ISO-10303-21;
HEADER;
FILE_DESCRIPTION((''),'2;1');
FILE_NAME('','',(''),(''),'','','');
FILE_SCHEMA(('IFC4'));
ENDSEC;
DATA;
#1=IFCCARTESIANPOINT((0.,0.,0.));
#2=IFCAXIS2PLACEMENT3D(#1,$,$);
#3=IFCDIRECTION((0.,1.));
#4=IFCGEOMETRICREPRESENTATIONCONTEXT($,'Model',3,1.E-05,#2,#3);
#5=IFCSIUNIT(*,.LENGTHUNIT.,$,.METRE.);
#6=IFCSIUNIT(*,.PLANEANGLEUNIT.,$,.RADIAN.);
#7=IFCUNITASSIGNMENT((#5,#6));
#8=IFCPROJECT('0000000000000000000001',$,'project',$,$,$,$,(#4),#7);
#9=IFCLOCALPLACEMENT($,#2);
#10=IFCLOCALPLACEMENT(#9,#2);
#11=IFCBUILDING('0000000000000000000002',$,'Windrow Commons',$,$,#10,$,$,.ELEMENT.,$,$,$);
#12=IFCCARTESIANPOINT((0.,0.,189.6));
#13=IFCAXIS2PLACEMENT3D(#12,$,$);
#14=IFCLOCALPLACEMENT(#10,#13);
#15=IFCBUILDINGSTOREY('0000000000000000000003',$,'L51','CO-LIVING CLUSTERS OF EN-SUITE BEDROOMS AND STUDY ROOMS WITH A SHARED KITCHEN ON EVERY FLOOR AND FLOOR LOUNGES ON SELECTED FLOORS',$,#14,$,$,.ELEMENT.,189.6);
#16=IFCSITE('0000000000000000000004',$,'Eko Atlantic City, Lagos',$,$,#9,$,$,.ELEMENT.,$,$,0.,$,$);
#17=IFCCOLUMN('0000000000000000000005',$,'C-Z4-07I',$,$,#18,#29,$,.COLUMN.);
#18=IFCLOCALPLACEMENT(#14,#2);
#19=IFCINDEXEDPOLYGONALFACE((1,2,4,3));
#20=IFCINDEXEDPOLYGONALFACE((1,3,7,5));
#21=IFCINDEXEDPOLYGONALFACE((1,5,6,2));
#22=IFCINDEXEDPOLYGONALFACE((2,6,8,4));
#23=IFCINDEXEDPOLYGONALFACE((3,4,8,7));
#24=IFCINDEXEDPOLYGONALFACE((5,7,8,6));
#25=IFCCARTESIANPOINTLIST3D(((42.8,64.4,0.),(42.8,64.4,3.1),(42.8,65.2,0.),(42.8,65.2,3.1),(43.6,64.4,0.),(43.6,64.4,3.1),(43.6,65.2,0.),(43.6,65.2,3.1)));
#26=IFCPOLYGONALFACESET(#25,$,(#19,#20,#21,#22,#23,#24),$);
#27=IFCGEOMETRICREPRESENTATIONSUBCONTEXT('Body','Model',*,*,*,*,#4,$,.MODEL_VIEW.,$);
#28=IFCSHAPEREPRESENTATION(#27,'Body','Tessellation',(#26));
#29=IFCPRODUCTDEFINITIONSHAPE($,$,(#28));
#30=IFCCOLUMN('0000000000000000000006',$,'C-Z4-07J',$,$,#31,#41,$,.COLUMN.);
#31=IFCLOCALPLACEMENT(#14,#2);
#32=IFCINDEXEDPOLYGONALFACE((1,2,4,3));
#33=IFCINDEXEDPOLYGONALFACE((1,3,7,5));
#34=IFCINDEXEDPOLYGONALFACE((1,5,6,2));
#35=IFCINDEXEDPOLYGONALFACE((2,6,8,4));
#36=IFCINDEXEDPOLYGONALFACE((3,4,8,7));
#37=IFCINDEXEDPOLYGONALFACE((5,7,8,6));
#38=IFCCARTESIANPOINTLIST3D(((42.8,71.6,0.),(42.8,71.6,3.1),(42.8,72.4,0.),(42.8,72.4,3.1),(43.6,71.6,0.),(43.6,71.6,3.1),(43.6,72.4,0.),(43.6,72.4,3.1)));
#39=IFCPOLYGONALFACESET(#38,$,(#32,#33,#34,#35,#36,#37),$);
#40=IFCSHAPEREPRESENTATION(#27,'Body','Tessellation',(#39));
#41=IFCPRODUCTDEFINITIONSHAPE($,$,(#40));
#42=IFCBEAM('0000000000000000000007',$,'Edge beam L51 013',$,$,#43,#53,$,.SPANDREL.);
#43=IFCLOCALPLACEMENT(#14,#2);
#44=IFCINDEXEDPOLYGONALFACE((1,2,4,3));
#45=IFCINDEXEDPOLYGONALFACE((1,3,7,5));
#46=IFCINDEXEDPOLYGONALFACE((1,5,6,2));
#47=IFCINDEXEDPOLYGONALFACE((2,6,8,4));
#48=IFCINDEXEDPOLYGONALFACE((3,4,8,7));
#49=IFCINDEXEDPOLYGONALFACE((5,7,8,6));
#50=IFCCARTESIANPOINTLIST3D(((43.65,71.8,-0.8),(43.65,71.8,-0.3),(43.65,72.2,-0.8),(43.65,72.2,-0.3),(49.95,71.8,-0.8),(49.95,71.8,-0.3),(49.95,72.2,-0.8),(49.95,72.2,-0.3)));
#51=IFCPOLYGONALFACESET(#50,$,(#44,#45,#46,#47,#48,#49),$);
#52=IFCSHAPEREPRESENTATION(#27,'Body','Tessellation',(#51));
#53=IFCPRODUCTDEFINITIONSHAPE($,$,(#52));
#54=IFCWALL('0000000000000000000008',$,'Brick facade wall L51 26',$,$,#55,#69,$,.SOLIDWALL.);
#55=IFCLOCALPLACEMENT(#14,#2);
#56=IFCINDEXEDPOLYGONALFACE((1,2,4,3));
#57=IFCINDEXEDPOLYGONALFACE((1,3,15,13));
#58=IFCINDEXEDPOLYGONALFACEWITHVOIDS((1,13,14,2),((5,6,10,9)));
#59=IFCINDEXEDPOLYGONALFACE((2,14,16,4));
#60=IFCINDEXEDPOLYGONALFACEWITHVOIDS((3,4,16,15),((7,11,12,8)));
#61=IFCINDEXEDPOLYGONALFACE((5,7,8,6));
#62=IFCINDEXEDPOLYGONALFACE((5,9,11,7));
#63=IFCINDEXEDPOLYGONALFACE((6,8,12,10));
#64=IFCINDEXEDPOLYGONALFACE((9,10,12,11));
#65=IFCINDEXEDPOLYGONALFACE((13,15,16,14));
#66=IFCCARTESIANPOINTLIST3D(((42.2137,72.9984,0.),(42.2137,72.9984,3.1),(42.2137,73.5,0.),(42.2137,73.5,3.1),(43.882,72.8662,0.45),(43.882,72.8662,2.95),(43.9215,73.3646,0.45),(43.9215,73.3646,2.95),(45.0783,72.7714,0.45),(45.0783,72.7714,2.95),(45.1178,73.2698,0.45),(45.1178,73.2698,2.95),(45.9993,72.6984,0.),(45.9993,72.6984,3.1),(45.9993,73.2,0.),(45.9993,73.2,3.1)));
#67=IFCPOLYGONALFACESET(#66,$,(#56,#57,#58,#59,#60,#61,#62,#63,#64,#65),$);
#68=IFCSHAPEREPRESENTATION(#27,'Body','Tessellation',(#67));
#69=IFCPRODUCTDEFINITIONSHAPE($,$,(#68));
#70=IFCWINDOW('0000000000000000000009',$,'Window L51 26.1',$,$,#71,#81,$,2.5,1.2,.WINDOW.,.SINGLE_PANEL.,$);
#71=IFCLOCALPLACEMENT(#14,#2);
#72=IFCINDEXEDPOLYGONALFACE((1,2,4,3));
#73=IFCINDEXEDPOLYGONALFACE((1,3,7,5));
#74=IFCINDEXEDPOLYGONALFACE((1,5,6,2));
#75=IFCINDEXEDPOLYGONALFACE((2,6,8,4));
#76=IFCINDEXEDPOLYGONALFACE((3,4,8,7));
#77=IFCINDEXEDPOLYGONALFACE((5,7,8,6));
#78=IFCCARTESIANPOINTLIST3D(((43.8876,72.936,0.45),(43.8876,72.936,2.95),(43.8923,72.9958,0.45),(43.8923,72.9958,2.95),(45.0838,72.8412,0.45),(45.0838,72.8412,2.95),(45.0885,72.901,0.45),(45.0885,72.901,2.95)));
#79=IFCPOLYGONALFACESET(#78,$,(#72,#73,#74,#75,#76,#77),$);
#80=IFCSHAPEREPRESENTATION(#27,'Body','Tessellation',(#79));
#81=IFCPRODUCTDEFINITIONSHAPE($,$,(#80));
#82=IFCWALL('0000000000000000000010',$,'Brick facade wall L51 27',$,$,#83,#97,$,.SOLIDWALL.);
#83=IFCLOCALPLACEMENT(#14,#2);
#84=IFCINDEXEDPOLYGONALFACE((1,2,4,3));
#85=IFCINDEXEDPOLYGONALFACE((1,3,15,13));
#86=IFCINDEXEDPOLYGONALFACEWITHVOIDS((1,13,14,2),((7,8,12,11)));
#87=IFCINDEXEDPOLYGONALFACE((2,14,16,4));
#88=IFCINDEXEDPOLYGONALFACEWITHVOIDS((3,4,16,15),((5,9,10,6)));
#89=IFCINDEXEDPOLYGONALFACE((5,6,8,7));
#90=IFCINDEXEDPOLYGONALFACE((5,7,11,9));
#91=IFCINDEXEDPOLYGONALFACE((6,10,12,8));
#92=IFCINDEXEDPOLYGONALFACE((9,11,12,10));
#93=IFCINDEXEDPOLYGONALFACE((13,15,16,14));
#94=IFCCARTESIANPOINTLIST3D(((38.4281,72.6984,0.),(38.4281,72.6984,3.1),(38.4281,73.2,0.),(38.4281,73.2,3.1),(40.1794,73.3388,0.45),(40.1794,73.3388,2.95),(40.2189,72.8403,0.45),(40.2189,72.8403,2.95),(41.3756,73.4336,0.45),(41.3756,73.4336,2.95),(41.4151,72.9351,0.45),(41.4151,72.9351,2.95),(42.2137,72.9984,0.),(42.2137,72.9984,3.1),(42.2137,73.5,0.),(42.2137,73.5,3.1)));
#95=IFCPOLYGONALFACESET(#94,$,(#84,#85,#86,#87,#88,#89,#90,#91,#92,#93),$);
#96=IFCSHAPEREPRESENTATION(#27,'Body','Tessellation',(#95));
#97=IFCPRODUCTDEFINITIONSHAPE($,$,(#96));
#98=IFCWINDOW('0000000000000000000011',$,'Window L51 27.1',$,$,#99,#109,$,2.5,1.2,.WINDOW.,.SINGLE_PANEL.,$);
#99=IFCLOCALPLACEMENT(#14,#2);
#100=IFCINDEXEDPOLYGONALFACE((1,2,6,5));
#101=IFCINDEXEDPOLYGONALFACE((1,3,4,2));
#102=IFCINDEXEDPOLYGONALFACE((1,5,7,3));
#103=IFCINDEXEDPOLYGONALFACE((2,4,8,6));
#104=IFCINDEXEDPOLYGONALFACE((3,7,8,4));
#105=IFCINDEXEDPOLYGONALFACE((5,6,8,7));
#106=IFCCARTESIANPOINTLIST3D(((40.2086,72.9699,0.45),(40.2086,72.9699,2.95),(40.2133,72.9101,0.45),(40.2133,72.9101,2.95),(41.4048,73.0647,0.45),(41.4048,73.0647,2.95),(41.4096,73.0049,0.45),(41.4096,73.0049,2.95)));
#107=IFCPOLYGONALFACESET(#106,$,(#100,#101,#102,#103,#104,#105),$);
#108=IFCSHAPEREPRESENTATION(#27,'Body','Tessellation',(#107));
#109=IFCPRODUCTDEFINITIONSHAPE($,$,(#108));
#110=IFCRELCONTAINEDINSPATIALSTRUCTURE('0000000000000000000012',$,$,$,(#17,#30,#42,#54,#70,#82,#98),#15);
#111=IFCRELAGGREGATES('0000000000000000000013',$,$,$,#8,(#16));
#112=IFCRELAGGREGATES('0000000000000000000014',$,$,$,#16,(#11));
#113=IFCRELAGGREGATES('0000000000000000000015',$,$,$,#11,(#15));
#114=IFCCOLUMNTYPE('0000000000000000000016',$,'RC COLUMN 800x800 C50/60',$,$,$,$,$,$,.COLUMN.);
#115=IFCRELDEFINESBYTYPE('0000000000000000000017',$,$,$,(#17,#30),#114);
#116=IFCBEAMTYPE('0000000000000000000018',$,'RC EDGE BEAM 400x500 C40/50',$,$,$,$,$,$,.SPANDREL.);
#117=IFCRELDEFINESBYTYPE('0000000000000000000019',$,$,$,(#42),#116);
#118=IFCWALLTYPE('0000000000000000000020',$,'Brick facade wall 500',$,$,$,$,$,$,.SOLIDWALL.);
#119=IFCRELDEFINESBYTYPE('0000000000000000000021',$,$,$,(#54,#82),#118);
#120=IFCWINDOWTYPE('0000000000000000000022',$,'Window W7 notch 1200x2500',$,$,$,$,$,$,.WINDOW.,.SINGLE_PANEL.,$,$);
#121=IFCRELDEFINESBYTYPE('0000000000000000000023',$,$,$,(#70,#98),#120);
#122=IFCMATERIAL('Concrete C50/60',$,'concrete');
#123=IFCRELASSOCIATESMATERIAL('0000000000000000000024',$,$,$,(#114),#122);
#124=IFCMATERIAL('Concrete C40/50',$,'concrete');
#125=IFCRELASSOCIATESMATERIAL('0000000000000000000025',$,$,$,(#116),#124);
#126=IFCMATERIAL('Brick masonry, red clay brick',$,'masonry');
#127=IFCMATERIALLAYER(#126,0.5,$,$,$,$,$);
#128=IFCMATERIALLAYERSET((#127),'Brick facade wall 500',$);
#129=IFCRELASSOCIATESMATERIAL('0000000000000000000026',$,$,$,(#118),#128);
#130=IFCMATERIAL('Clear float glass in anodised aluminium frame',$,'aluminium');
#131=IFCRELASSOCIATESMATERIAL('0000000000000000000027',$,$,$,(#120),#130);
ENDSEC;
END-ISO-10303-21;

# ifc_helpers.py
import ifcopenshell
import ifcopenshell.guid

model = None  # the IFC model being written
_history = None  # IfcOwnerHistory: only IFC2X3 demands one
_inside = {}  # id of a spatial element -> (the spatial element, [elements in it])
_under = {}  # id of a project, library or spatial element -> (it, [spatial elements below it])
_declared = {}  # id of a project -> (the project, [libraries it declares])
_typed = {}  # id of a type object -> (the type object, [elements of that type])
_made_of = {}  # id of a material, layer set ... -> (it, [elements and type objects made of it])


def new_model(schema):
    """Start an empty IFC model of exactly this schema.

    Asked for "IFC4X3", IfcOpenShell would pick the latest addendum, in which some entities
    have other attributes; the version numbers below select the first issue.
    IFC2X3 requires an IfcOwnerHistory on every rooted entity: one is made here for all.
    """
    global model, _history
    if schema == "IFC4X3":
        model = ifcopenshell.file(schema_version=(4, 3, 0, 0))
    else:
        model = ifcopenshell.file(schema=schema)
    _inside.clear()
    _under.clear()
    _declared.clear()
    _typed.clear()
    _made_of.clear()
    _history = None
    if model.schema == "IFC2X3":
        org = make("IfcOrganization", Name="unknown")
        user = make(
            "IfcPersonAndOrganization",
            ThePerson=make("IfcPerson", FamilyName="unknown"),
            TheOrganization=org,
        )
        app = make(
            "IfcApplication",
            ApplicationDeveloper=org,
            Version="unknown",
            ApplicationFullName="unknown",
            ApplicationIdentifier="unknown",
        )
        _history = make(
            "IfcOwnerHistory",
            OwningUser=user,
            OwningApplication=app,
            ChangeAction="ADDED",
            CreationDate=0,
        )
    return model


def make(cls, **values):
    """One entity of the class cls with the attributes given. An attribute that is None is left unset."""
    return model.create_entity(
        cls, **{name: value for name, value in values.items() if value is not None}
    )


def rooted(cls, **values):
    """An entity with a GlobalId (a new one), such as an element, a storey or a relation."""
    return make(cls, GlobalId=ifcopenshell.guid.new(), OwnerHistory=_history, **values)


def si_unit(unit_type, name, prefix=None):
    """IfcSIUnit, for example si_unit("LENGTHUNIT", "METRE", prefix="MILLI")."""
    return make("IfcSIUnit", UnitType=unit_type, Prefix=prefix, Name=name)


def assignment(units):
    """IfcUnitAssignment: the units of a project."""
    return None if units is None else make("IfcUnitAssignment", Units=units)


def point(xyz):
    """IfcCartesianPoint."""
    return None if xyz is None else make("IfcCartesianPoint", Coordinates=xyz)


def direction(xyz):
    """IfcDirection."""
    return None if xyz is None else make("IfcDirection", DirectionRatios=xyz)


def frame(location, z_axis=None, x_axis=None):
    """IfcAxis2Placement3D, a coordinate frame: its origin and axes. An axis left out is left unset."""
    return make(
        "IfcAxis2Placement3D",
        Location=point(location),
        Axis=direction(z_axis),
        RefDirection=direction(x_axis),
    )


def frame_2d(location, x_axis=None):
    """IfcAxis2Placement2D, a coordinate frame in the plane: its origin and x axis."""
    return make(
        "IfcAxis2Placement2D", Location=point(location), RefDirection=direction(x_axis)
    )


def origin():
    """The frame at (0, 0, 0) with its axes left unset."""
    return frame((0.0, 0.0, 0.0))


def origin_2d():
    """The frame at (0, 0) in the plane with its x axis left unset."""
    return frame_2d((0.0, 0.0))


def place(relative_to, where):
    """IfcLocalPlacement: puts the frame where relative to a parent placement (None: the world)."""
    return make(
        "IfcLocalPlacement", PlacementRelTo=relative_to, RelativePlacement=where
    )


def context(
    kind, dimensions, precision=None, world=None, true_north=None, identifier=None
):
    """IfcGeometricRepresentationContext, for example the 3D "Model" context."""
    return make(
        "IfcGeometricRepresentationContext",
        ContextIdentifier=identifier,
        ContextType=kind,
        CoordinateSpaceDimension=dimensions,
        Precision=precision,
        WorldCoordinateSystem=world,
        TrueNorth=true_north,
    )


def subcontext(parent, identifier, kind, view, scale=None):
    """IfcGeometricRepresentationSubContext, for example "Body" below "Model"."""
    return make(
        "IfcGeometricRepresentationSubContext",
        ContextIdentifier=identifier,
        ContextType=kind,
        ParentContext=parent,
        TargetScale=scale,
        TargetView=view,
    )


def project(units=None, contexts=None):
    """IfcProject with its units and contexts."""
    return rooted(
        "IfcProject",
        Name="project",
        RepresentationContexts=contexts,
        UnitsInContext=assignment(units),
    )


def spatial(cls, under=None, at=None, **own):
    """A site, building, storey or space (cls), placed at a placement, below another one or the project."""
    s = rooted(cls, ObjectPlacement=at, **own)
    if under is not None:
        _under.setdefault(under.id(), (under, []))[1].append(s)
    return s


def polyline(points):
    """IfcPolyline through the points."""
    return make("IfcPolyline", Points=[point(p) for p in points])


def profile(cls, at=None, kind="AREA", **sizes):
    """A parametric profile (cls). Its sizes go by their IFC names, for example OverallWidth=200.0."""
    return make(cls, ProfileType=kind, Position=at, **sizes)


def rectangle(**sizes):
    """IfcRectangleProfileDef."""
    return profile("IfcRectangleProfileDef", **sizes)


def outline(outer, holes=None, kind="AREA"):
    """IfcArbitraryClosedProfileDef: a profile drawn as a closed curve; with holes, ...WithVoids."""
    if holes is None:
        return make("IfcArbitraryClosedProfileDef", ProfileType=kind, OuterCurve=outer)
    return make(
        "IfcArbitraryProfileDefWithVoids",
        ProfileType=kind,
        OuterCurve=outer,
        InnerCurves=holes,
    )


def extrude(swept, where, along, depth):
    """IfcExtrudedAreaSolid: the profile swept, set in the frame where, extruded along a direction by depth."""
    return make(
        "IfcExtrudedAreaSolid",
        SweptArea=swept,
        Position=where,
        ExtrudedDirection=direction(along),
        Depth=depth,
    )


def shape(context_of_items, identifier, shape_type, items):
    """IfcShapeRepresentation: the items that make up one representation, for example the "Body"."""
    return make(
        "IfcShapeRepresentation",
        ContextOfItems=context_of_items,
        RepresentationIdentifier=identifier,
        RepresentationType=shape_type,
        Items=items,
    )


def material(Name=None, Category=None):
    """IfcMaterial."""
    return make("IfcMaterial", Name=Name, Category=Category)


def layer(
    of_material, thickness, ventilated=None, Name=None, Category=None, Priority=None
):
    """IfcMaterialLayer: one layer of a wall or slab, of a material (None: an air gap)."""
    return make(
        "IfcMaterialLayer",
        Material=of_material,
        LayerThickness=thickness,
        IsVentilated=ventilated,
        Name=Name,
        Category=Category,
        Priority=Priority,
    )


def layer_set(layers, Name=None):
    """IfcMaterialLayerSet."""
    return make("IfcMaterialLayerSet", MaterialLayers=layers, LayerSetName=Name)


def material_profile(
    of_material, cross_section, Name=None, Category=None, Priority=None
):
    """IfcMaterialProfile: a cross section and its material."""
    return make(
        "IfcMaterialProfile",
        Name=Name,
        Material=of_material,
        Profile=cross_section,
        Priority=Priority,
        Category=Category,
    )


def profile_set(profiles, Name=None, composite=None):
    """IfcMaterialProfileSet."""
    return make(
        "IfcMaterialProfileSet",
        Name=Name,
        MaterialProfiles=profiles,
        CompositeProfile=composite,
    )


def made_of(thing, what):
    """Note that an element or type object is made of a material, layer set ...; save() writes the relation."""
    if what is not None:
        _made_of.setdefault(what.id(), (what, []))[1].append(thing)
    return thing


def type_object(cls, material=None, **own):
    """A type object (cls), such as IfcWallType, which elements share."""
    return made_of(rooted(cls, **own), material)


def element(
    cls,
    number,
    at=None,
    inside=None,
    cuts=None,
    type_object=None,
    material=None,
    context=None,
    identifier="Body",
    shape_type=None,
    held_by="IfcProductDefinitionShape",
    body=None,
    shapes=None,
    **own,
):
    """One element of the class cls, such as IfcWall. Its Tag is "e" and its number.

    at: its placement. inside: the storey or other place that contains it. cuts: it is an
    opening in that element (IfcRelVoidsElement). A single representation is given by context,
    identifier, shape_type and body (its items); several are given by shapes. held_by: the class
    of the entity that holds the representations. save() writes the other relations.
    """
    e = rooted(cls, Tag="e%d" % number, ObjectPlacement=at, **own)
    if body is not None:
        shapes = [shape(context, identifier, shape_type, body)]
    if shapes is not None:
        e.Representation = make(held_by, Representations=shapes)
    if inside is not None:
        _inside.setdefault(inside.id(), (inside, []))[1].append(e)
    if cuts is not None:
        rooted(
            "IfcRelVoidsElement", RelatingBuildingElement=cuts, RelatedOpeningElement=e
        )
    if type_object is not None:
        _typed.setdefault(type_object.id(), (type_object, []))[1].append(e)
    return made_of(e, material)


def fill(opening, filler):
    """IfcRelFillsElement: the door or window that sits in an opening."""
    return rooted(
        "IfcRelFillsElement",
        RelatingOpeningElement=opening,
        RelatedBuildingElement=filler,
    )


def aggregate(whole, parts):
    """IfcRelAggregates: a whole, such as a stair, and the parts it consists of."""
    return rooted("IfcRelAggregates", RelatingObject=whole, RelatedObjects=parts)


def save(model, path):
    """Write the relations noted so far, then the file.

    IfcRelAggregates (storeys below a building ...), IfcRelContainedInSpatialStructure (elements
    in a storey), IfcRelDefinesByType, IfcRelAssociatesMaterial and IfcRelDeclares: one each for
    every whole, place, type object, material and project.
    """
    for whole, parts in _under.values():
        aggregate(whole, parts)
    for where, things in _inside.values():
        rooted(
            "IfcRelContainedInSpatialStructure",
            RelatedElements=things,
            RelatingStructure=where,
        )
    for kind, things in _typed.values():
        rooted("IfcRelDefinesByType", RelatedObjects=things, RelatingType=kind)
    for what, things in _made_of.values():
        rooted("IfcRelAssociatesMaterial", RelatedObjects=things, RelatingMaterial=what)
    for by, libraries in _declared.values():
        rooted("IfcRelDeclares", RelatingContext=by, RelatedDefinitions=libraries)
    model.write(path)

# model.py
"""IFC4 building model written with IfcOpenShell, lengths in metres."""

from ifc_helpers import new_model, si_unit, direction, frame, frame_2d, origin, origin_2d, place, context, subcontext, project, spatial, polyline, rectangle, outline, extrude, material, layer, layer_set, material_profile, profile_set, type_object, element, fill, save


model = new_model("IFC4")

# Units and contexts
model_context = context("Model", 3, precision=1e-05, world=origin(), true_north=direction((0.0, 1.0)))
body_context = subcontext(model_context, "Body", "Model", "MODEL_VIEW")
ifc_project = project(units=[si_unit("LENGTHUNIT", "METRE"), si_unit("PLANEANGLEUNIT", "RADIAN")], contexts=[model_context])

# Site, building, storey
site_placement = place(None, origin())
site = spatial("IfcSite", under=ifc_project, at=site_placement, Name="Eko Atlantic City, Lagos", CompositionType="ELEMENT", RefElevation=0.0)
building_placement = place(site_placement, origin())
building = spatial("IfcBuilding", under=site, at=building_placement, Name="Windrow Commons", CompositionType="ELEMENT")
storey_placement = place(building_placement, frame((0.0, 0.0, 189.6)))
storey = spatial("IfcBuildingStorey", under=building, at=storey_placement, Name="L51", Description="CO-LIVING CLUSTERS OF EN-SUITE BEDROOMS AND STUDY ROOMS WITH A SHARED KITCHEN ON EVERY FLOOR AND FLOOR LOUNGES ON SELECTED FLOORS", CompositionType="ELEMENT", Elevation=189.6)

# Columns
ifc_material_1 = material(Name="Concrete C50/60", Category="concrete")
ifc_material_profile_1 = material_profile(ifc_material_1, rectangle(XDim=0.8, YDim=0.8, at=origin_2d()))
ifc_profile_set_1 = profile_set([ifc_material_profile_1], Name="Concrete C50/60")
column_type = type_object("IfcColumnType", Name="RC COLUMN 800x800 C50/60", PredefinedType="COLUMN", material=ifc_profile_set_1)
for number, where, z_axis, x_axis, name in (
    (1, (43.2, 64.8, 0.0), (0.0, 0.0, 1.0), (1.0, 0.0, 0.0), "C-Z4-07I"),
    (2, (43.2, 72.0, 0.0), (0.0, 0.0, 1.0), (1.0, 0.0, 0.0), "C-Z4-07J"),
):
    element("IfcColumn", number, at=place(storey_placement, frame(where, z_axis=z_axis, x_axis=x_axis)), inside=storey, type_object=column_type, Name=name, PredefinedType="COLUMN", context=body_context, shape_type="SweptSolid", body=[
        extrude(rectangle(XDim=0.8, YDim=0.8, at=origin_2d()), origin(), (0.0, 0.0, 1.0), 3.1),
    ])

# Beam
ifc_material_2 = material(Name="Concrete C40/50", Category="concrete")
ifc_material_profile_2 = material_profile(ifc_material_2, rectangle(XDim=0.4, YDim=0.5, at=origin_2d()))
ifc_profile_set_2 = profile_set([ifc_material_profile_2], Name="Concrete C40/50")
beam_type = type_object("IfcBeamType", Name="RC EDGE BEAM 400x500 C40/50", PredefinedType="SPANDREL", material=ifc_profile_set_2)
beam_placement = place(storey_placement, frame((43.65, 72.0, -0.55), z_axis=(1.0, 0.0, 0.0), x_axis=(0.0, 1.0, 0.0)))
element("IfcBeam", 3, at=beam_placement, inside=storey, type_object=beam_type, Name="Edge beam L51 013", PredefinedType="SPANDREL", context=body_context, shape_type="SweptSolid", body=[
    extrude(rectangle(XDim=0.4, YDim=0.5, at=origin_2d()), origin(), (0.0, 0.0, 1.0), 6.3),
])

# Walls, openings, windows
ifc_material_3 = material(Name="Brick masonry, red clay brick", Category="masonry")
ifc_layer_1 = layer(ifc_material_3, 0.5)
ifc_layer_set_1 = layer_set([ifc_layer_1], Name="Brick facade wall 500")
wall_type_1 = type_object("IfcWallType", Name="Brick facade wall 500", PredefinedType="SOLIDWALL", material=ifc_layer_set_1)
wall_1_placement = place(storey_placement, frame((45.9993, 72.9492, 0.0), z_axis=(0.0, 0.0, 1.0), x_axis=(-0.996875, 0.079, 0.0)))
wall_1 = element("IfcWall", 4, at=wall_1_placement, inside=storey, type_object=wall_type_1, Name="Brick facade wall L51 26", PredefinedType="SOLIDWALL", context=body_context, shape_type="SweptSolid", body=[
    extrude(outline(polyline([(0.0198, -0.25), (3.8173, -0.25), (3.7777, 0.25), (-0.0198, 0.25), (0.0198, -0.25)])), origin(), (0.0, 0.0, 1.0), 3.1),
])
opening_1_placement = place(wall_1_placement, frame((0.9041, 0.0, 0.45)))
opening_1 = element("IfcOpeningElement", 5, at=opening_1_placement, cuts=wall_1, PredefinedType="OPENING", context=body_context, shape_type="SweptSolid", body=[
    extrude(rectangle(XDim=1.2, YDim=2.5, at=frame_2d((0.6, 1.25))), frame((0.0, 0.26, 0.0), z_axis=(0.0, -1.0, 0.0), x_axis=(1.0, 0.0, 0.0)), (0.0, 0.0, 1.0), 0.52),
])
ifc_material_4 = material(Name="Clear float glass in anodised aluminium frame", Category="aluminium")
window_type = type_object("IfcWindowType", Name="Window W7 notch 1200x2500", PartitioningType="SINGLE_PANEL", PredefinedType="WINDOW", material=ifc_material_4)
window_1_placement = place(opening_1_placement, origin())
window_1 = element("IfcWindow", 6, at=window_1_placement, inside=storey, type_object=window_type, Name="Window L51 26.1", OverallHeight=2.5, OverallWidth=1.2, PartitioningType="SINGLE_PANEL", PredefinedType="WINDOW", context=body_context, shape_type="SweptSolid", body=[
    extrude(rectangle(XDim=1.2, YDim=2.5, at=frame_2d((0.6, 1.25))), frame((0.0, 0.18, 0.0), z_axis=(0.0, -1.0, 0.0), x_axis=(1.0, 0.0, 0.0)), (0.0, 0.0, 1.0), 0.06),
])
fill(opening_1, window_1)
wall_2_placement = place(storey_placement, frame((42.2137, 73.2492, 0.0), z_axis=(0.0, 0.0, 1.0), x_axis=(-0.996875, -0.079, 0.0)))
wall_2 = element("IfcWall", 7, at=wall_2_placement, inside=storey, type_object=wall_type_1, Name="Brick facade wall L51 27", PredefinedType="SOLIDWALL", context=body_context, shape_type="SweptSolid", body=[
    extrude(outline(polyline([(-0.0198, -0.25), (3.7777, -0.25), (3.8173, 0.25), (0.0198, 0.25), (-0.0198, -0.25)])), origin(), (0.0, 0.0, 1.0), 3.1),
])
opening_2_placement = place(wall_2_placement, frame((0.8209, 0.0, 0.45)))
opening_2 = element("IfcOpeningElement", 8, at=opening_2_placement, cuts=wall_2, PredefinedType="OPENING", context=body_context, shape_type="SweptSolid", body=[
    extrude(rectangle(XDim=1.2, YDim=2.5, at=frame_2d((0.6, 1.25))), frame((0.0, 0.26, 0.0), z_axis=(0.0, -1.0, 0.0), x_axis=(1.0, 0.0, 0.0)), (0.0, 0.0, 1.0), 0.52),
])
window_2_placement = place(opening_2_placement, origin())
window_2 = element("IfcWindow", 9, at=window_2_placement, inside=storey, type_object=window_type, Name="Window L51 27.1", OverallHeight=2.5, OverallWidth=1.2, PartitioningType="SINGLE_PANEL", PredefinedType="WINDOW", context=body_context, shape_type="SweptSolid", body=[
    extrude(rectangle(XDim=1.2, YDim=2.5, at=frame_2d((0.6, 1.25))), frame((0.0, 0.18, 0.0), z_axis=(0.0, -1.0, 0.0), x_axis=(1.0, 0.0, 0.0)), (0.0, 0.0, 1.0), 0.06),
])
fill(opening_2, window_2)

save(model, "model.ifc")
